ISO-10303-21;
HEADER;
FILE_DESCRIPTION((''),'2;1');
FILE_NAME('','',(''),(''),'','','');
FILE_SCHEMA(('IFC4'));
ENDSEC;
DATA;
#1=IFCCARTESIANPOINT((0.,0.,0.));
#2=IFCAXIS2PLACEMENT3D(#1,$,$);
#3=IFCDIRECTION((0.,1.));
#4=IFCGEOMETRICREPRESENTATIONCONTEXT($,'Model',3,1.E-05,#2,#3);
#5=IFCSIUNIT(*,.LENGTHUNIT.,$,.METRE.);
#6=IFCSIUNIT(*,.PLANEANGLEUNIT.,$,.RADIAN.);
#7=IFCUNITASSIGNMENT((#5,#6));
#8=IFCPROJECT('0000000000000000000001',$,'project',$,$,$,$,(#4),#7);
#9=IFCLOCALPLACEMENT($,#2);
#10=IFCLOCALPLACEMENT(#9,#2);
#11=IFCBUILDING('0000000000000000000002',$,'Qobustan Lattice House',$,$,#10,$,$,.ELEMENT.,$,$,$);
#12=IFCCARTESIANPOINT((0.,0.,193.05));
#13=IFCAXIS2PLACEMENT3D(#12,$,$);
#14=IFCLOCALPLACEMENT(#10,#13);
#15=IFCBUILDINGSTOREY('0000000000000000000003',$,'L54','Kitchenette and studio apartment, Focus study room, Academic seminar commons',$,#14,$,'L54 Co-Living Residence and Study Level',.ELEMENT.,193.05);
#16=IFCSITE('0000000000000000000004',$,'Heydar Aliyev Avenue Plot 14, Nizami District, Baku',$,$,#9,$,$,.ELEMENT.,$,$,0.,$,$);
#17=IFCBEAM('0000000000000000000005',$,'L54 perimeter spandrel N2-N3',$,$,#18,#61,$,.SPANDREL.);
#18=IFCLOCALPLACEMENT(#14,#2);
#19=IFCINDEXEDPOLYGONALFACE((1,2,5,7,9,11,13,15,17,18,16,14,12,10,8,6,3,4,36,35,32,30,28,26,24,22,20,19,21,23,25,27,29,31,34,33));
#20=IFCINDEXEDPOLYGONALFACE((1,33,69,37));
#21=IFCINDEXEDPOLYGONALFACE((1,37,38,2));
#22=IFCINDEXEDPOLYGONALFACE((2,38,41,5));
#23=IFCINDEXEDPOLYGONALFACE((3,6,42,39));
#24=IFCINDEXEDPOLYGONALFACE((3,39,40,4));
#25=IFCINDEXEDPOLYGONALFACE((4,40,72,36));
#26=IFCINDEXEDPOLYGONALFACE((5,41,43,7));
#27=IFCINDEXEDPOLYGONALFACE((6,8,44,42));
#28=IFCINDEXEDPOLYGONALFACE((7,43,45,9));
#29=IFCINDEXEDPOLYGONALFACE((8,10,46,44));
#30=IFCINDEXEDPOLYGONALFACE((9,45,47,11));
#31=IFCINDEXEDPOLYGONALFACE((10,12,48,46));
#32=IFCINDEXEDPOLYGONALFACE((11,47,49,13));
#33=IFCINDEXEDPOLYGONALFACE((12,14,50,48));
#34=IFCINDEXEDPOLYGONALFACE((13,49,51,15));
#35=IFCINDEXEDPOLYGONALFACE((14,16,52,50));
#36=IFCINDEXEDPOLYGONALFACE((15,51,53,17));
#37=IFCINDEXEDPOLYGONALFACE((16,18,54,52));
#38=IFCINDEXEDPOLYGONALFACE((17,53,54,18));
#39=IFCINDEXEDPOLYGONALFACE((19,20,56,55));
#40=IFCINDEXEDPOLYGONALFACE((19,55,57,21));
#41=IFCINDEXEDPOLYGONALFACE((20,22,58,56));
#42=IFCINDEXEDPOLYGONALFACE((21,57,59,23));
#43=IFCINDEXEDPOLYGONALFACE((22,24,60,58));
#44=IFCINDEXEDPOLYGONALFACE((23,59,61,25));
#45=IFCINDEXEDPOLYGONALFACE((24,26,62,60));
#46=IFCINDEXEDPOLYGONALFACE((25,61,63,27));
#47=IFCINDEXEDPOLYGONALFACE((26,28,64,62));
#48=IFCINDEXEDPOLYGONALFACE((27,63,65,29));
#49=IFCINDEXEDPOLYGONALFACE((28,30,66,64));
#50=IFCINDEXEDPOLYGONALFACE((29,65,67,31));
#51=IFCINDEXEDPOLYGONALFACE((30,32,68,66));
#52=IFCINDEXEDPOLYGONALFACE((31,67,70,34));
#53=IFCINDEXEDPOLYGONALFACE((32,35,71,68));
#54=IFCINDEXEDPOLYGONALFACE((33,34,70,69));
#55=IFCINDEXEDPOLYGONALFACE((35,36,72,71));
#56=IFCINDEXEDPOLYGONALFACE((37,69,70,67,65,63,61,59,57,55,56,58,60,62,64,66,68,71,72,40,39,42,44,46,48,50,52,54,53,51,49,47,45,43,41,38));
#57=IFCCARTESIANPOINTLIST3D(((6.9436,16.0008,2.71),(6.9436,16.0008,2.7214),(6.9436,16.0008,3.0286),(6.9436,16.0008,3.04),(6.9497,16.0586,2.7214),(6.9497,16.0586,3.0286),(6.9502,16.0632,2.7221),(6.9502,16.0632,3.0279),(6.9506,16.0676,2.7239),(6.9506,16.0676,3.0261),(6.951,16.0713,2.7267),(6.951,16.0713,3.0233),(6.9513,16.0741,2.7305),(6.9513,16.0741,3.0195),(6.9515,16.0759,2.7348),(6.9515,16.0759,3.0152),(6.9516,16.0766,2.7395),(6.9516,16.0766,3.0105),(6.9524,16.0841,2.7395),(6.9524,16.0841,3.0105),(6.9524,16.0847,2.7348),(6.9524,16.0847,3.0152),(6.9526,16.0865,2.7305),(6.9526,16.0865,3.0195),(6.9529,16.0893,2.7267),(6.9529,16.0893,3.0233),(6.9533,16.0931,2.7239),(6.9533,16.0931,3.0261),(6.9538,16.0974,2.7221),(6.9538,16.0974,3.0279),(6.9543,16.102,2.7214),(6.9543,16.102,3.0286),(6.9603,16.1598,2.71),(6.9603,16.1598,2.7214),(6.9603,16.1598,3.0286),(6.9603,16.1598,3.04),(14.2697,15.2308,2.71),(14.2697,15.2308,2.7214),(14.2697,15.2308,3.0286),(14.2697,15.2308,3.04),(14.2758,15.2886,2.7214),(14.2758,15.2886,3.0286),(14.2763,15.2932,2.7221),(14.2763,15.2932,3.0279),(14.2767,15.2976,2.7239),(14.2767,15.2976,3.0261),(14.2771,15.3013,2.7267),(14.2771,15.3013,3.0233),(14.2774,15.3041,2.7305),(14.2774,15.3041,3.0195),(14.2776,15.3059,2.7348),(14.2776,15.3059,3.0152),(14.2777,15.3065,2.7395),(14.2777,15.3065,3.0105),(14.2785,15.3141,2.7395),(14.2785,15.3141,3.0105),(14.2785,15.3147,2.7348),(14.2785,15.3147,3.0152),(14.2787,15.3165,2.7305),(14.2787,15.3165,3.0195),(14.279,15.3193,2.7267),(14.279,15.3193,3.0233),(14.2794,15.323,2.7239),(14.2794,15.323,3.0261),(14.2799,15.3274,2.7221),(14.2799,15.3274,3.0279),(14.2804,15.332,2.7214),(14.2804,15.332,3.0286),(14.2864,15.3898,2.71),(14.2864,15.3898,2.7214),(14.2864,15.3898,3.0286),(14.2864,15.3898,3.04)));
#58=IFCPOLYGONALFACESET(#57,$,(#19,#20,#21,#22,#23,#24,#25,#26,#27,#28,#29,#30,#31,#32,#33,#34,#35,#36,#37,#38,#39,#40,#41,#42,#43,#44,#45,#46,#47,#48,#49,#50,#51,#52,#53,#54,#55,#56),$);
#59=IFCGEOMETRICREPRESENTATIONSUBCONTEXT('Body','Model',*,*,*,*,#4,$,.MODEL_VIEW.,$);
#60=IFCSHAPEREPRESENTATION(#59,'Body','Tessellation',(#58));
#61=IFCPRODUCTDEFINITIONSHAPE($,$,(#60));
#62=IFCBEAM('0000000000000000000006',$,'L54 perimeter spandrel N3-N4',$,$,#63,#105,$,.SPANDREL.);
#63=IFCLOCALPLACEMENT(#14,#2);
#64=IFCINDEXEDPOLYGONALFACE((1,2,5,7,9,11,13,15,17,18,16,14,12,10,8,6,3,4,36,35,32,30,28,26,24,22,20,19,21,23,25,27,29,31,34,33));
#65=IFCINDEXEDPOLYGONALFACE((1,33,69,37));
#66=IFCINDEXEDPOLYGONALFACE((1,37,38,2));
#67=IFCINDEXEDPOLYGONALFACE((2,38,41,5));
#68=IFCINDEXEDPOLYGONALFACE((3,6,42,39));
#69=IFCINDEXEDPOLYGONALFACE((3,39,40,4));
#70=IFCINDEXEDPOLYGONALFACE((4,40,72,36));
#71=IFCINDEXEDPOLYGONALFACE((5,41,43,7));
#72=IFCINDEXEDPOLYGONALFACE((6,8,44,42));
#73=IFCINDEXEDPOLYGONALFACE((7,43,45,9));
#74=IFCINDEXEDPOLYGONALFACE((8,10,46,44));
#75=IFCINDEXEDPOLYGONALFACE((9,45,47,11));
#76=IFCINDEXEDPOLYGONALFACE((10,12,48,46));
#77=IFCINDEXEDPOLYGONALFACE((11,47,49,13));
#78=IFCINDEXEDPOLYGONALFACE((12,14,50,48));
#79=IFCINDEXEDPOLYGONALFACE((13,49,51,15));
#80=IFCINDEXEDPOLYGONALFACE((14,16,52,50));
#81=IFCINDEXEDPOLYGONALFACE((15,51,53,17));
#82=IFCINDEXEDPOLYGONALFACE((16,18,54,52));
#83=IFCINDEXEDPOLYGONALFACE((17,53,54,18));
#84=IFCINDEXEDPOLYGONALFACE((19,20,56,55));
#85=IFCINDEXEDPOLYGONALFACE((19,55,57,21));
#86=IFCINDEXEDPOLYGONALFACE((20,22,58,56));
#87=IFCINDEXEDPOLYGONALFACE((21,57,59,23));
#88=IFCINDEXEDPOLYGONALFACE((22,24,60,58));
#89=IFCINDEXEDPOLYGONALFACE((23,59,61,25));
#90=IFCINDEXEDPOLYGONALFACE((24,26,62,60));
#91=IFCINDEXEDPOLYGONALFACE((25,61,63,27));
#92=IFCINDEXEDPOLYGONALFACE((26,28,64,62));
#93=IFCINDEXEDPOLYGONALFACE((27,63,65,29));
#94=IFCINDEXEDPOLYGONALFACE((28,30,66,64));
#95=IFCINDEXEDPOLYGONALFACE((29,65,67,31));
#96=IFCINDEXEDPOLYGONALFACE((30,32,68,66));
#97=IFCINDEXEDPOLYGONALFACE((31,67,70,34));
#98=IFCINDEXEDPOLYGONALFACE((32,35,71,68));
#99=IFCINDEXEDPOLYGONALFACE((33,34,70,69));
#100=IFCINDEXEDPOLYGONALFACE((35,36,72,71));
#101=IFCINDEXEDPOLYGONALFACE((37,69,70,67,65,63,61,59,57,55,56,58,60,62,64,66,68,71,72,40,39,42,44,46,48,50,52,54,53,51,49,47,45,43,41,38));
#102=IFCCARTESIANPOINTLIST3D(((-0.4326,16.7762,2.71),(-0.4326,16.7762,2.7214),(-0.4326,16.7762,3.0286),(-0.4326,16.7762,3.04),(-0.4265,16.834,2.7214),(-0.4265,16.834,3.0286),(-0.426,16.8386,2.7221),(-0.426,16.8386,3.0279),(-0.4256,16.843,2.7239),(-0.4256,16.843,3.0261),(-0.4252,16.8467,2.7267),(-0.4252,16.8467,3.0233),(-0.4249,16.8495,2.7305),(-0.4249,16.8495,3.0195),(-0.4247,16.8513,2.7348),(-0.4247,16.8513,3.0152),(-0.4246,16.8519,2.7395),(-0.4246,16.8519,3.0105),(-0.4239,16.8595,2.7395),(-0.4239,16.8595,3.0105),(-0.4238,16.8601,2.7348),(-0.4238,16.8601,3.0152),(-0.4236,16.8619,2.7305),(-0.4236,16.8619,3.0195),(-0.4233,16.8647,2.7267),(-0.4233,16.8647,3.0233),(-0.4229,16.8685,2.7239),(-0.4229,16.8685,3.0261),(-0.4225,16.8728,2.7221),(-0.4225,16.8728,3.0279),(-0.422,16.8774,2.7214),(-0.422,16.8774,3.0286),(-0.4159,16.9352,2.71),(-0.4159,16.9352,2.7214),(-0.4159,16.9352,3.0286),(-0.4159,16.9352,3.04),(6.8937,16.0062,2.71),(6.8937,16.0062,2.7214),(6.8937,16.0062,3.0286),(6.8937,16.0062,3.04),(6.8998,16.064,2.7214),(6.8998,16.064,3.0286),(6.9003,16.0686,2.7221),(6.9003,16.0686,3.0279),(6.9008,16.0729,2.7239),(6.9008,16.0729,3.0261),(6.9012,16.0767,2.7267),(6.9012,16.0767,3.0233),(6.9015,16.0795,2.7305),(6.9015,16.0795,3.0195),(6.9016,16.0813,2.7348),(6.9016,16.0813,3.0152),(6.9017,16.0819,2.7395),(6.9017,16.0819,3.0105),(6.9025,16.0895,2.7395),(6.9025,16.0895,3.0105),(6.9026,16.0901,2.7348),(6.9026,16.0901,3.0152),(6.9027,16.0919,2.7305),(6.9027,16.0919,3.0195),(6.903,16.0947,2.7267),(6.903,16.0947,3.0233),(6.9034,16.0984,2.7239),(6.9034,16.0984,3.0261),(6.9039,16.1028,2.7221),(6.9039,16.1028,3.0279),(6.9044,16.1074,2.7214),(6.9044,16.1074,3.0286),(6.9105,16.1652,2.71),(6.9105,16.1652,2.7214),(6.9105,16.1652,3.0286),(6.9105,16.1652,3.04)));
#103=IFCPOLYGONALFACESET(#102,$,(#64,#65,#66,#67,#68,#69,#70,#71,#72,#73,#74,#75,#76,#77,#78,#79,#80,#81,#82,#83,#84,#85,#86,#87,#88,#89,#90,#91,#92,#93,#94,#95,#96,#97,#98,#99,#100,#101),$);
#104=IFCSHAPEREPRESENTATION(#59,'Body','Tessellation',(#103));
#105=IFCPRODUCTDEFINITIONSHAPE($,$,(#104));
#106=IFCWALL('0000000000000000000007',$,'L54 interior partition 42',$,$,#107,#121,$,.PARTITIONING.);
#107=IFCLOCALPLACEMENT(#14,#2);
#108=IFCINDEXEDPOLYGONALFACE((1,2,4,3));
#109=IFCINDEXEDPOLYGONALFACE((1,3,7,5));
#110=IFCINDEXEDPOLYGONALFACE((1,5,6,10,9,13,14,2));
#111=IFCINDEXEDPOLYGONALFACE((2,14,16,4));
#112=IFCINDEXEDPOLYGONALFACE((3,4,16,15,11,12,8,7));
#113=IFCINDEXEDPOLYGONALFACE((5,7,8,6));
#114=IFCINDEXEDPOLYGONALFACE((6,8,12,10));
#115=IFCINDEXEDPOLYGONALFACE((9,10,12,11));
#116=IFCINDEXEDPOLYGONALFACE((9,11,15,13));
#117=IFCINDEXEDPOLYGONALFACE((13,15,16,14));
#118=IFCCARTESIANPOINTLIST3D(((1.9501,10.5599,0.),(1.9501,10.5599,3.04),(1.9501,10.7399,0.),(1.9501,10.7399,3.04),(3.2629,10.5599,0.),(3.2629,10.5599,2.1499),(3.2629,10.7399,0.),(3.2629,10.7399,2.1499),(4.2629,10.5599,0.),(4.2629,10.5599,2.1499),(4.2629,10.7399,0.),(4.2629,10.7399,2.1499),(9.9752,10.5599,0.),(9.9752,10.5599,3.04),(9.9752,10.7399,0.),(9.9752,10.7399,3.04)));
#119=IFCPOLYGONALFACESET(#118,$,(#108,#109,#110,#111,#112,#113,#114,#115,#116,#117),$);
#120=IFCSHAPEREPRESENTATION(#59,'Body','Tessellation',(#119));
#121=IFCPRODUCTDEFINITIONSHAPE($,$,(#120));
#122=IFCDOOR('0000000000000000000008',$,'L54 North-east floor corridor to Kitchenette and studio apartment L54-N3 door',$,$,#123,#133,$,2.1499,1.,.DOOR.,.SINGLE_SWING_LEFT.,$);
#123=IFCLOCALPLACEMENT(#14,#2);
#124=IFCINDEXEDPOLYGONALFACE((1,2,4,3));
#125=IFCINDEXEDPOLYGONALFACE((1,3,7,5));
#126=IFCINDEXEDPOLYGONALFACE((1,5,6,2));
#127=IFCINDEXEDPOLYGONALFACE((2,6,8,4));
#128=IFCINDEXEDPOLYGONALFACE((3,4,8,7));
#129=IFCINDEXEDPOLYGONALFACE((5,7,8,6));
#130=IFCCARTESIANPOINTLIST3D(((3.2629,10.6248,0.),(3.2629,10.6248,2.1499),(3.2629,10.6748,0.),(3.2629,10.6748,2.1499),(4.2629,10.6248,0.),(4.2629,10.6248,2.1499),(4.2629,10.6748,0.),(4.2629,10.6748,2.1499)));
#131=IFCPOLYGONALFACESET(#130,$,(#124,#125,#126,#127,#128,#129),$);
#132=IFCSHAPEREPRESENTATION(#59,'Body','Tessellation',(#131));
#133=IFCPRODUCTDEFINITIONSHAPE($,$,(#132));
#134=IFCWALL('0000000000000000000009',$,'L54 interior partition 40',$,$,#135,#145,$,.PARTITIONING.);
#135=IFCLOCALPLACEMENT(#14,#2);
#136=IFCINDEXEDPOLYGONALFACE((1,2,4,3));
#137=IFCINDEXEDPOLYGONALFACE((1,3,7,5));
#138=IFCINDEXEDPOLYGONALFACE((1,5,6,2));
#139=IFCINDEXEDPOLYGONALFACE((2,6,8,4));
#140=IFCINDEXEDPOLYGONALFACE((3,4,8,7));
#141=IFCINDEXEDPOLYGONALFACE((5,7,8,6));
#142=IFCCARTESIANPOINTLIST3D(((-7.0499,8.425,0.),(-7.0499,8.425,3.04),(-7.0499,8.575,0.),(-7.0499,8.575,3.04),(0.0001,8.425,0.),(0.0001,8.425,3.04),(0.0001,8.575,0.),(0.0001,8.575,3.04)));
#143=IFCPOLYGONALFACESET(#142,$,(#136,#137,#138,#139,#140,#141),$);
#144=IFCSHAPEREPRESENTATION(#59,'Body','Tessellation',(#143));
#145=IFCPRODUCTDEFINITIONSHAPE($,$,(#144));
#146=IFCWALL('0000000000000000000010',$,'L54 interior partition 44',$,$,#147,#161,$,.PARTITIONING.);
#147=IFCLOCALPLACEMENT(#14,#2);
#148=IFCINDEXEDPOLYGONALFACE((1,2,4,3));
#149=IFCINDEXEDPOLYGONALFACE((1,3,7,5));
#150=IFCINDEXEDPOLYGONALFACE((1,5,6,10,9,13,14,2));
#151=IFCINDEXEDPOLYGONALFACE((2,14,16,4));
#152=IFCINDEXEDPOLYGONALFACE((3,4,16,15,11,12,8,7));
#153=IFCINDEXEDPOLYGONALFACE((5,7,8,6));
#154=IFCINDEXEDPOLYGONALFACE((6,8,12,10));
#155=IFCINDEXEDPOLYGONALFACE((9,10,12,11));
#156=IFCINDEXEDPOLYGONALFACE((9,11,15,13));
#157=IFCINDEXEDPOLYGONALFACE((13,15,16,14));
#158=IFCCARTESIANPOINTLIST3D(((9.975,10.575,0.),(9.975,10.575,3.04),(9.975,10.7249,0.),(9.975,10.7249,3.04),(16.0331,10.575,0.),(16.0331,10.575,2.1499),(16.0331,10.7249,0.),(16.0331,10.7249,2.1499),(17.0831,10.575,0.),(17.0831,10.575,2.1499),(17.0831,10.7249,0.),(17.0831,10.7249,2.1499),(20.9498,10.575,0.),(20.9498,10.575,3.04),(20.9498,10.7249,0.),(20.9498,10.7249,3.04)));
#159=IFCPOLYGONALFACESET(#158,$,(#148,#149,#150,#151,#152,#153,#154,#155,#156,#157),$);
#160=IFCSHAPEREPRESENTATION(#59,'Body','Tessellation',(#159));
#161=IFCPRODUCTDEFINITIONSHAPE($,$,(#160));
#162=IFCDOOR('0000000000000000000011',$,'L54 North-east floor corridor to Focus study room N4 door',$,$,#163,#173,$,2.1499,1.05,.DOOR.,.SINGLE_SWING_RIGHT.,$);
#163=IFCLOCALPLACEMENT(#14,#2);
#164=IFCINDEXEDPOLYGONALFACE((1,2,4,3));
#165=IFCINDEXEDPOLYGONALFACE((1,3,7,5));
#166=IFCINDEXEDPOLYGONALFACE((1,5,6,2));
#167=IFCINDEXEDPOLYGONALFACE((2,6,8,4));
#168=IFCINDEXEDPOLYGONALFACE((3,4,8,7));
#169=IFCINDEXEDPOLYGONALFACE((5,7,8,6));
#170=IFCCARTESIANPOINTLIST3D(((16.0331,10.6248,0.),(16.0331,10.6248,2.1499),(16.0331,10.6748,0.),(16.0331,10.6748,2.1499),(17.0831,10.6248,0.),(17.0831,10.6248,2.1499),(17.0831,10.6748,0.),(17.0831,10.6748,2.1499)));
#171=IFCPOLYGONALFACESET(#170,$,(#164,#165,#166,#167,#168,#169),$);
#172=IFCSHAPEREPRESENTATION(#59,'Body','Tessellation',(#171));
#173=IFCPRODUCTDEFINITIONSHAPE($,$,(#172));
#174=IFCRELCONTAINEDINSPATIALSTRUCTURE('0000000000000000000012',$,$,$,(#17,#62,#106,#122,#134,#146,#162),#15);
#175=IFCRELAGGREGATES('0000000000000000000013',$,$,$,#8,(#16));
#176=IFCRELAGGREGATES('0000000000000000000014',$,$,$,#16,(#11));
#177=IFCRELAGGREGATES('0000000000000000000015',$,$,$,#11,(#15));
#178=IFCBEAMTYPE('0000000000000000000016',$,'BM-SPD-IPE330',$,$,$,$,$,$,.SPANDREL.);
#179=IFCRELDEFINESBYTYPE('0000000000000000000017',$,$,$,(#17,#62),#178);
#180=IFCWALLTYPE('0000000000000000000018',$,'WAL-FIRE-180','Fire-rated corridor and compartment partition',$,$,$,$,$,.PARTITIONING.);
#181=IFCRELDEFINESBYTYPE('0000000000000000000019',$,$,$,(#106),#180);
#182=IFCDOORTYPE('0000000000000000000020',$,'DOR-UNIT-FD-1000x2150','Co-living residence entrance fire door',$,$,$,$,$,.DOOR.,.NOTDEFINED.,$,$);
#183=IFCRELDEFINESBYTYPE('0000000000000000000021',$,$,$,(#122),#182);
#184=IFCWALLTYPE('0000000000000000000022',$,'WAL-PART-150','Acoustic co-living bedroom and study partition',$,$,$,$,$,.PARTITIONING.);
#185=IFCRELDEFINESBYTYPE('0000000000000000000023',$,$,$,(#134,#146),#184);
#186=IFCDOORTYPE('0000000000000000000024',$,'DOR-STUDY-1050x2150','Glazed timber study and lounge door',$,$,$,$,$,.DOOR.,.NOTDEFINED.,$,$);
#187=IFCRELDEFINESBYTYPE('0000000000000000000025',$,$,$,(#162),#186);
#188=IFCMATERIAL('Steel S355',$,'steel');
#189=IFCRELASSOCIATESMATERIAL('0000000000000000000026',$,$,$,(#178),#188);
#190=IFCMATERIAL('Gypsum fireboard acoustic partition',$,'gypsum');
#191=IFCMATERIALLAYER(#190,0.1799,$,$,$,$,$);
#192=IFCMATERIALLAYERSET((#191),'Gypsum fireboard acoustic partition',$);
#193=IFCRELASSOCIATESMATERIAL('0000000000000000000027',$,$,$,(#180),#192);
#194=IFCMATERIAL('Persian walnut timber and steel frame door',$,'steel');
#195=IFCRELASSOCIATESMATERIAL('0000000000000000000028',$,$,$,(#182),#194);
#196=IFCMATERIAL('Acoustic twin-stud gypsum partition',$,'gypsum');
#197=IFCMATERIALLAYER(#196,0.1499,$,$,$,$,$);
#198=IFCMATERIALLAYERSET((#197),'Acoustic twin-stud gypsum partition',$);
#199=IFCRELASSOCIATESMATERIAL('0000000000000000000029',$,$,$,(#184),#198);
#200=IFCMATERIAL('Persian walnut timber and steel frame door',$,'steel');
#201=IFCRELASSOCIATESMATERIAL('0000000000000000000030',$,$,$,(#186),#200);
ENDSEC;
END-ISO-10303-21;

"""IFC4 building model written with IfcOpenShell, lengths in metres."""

from ifc_helpers import new_model, si_unit, direction, frame, frame_2d, origin, origin_2d, place, context, subcontext, project, spatial, rectangle, i_section, extrude, material, layer, layer_set, material_profile, profile_set, type_object, element, fill, save


model = new_model("IFC4")

# Units and contexts
model_context = context("Model", 3, precision=1e-05, world=origin(), true_north=direction((0.0, 1.0)))
body_context = subcontext(model_context, "Body", "Model", "MODEL_VIEW")
ifc_project = project(units=[si_unit("LENGTHUNIT", "METRE"), si_unit("PLANEANGLEUNIT", "RADIAN")], contexts=[model_context])

# Site, building, storey
site_placement = place(None, origin())
site = spatial("IfcSite", under=ifc_project, at=site_placement, Name="Heydar Aliyev Avenue Plot 14, Nizami District, Baku", CompositionType="ELEMENT", RefElevation=0.0)
building_placement = place(site_placement, origin())
building = spatial("IfcBuilding", under=site, at=building_placement, Name="Qobustan Lattice House", CompositionType="ELEMENT")
storey_placement = place(building_placement, frame((0.0, 0.0, 193.05)))
storey = spatial("IfcBuildingStorey", under=building, at=storey_placement, Name="L54", Description="Kitchenette and studio apartment, Focus study room, Academic seminar commons", LongName="L54 Co-Living Residence and Study Level", CompositionType="ELEMENT", Elevation=193.05)

# Beams
ifc_material_1 = material(Name="Steel S355", Category="steel")
ifc_material_profile_1 = material_profile(ifc_material_1, i_section(OverallWidth=0.1599, OverallDepth=0.3301, WebThickness=0.0076, FlangeThickness=0.0115, FilletRadius=0.0181, at=origin_2d()), Name="IPE330")
ifc_profile_set_1 = profile_set([ifc_material_profile_1], Name="Steel S355")
beam_type_1 = type_object("IfcBeamType", Name="BM-SPD-IPE330", PredefinedType="SPANDREL", material=ifc_profile_set_1)
beam_1_placement = place(storey_placement, frame((14.2781, 15.3103, 2.875), z_axis=(-0.994522, 0.10453, 0.0), x_axis=(-0.10453, -0.994522, 0.0)))
element("IfcBeam", 1, at=beam_1_placement, inside=storey, type_object=beam_type_1, Name="L54 perimeter spandrel N2-N3", PredefinedType="SPANDREL", context=body_context, shape_type="SweptSolid", body=[
    extrude(i_section(OverallWidth=0.1599, OverallDepth=0.3301, WebThickness=0.0076, FlangeThickness=0.0115, FilletRadius=0.0181, at=origin_2d()), origin(), (0.0, 0.0, 1.0), 7.3665),
])
beam_2_placement = place(storey_placement, frame((6.9021, 16.0857, 2.875), z_axis=(-0.994522, 0.104526, 0.0), x_axis=(-0.104526, -0.994522, 0.0)))
element("IfcBeam", 2, at=beam_2_placement, inside=storey, type_object=beam_type_1, Name="L54 perimeter spandrel N3-N4", PredefinedType="SPANDREL", context=body_context, shape_type="SweptSolid", body=[
    extrude(i_section(OverallWidth=0.1599, OverallDepth=0.3301, WebThickness=0.0076, FlangeThickness=0.0115, FilletRadius=0.0181, at=origin_2d()), origin(), (0.0, 0.0, 1.0), 7.3667),
])

# Wall, opening, door
ifc_material_2 = material(Name="Gypsum fireboard acoustic partition", Category="gypsum")
ifc_layer_1 = layer(ifc_material_2, 0.1799)
ifc_layer_set_1 = layer_set([ifc_layer_1], Name="Gypsum fireboard acoustic partition")
wall_type_1 = type_object("IfcWallType", Name="WAL-FIRE-180", Description="Fire-rated corridor and compartment partition", PredefinedType="PARTITIONING", material=ifc_layer_set_1)
wall_1_placement = place(storey_placement, frame((1.95, 10.6499, 0.0), z_axis=(0.0, 0.0, 1.0), x_axis=(1.0, 0.0, 0.0)))
wall_1 = element("IfcWall", 3, at=wall_1_placement, inside=storey, type_object=wall_type_1, Name="L54 interior partition 42", PredefinedType="PARTITIONING", context=body_context, shape_type="SweptSolid", body=[
    extrude(rectangle(XDim=8.0251, YDim=0.1799, at=frame_2d((4.0127, 0.0))), origin(), (0.0, 0.0, 1.0), 3.04),
])
opening_1_placement = place(wall_1_placement, frame((1.313, 0.0, 0.0)))
opening_1 = element("IfcOpeningElement", 4, at=opening_1_placement, cuts=wall_1, PredefinedType="OPENING", context=body_context, shape_type="SweptSolid", body=[
    extrude(rectangle(XDim=1.0, YDim=2.1499, at=frame_2d((0.5, 1.075))), frame((0.0, 0.0999, 0.0), z_axis=(0.0, -1.0, 0.0), x_axis=(1.0, 0.0, 0.0)), (0.0, 0.0, 1.0), 0.2),
])
ifc_material_3 = material(Name="Persian walnut timber and steel frame door", Category="steel")
door_type_1 = type_object("IfcDoorType", Name="DOR-UNIT-FD-1000x2150", Description="Co-living residence entrance fire door", OperationType="NOTDEFINED", PredefinedType="DOOR", material=ifc_material_3)
door_1_placement = place(opening_1_placement, origin())
door_1 = element("IfcDoor", 5, at=door_1_placement, inside=storey, type_object=door_type_1, Name="L54 North-east floor corridor to Kitchenette and studio apartment L54-N3 door", OperationType="SINGLE_SWING_LEFT", OverallHeight=2.1499, OverallWidth=1.0, PredefinedType="DOOR", context=body_context, shape_type="SweptSolid", body=[
    extrude(rectangle(XDim=1.0, YDim=2.1499, at=frame_2d((0.5, 1.075))), frame((0.0, 0.0249, 0.0), z_axis=(0.0, -1.0, 0.0), x_axis=(1.0, 0.0, 0.0)), (0.0, 0.0, 1.0), 0.05),
])
fill(opening_1, door_1)

# Wall
ifc_material_4 = material(Name="Acoustic twin-stud gypsum partition", Category="gypsum")
ifc_layer_2 = layer(ifc_material_4, 0.1499)
ifc_layer_set_2 = layer_set([ifc_layer_2], Name="Acoustic twin-stud gypsum partition")
wall_type_2 = type_object("IfcWallType", Name="WAL-PART-150", Description="Acoustic co-living bedroom and study partition", PredefinedType="PARTITIONING", material=ifc_layer_set_2)
wall_2_placement = place(storey_placement, frame((0.0, 8.5, 0.0), z_axis=(0.0, 0.0, 1.0), x_axis=(-1.0, 0.0, 0.0)))
element("IfcWall", 6, at=wall_2_placement, inside=storey, type_object=wall_type_2, Name="L54 interior partition 40", PredefinedType="PARTITIONING", context=body_context, shape_type="SweptSolid", body=[
    extrude(rectangle(XDim=7.05, YDim=0.1499, at=frame_2d((3.5249, 0.0))), origin(), (0.0, 0.0, 1.0), 3.04),
])

# Wall, opening, door
wall_3_placement = place(storey_placement, frame((9.9751, 10.6499, 0.0), z_axis=(0.0, 0.0, 1.0), x_axis=(1.0, 0.0, 0.0)))
wall_3 = element("IfcWall", 7, at=wall_3_placement, inside=storey, type_object=wall_type_2, Name="L54 interior partition 44", PredefinedType="PARTITIONING", context=body_context, shape_type="SweptSolid", body=[
    extrude(rectangle(XDim=10.9749, YDim=0.1499, at=frame_2d((5.4873, 0.0))), origin(), (0.0, 0.0, 1.0), 3.04),
])
opening_2_placement = place(wall_3_placement, frame((6.0581, 0.0, 0.0)))
opening_2 = element("IfcOpeningElement", 8, at=opening_2_placement, cuts=wall_3, PredefinedType="OPENING", context=body_context, shape_type="SweptSolid", body=[
    extrude(rectangle(XDim=1.05, YDim=2.1499, at=frame_2d((0.5249, 1.075))), frame((0.0, 0.085, 0.0), z_axis=(0.0, -1.0, 0.0), x_axis=(1.0, 0.0, 0.0)), (0.0, 0.0, 1.0), 0.1699),
])
ifc_material_5 = material(Name="Persian walnut timber and steel frame door", Category="steel")
door_type_2 = type_object("IfcDoorType", Name="DOR-STUDY-1050x2150", Description="Glazed timber study and lounge door", OperationType="NOTDEFINED", PredefinedType="DOOR", material=ifc_material_5)
door_2_placement = place(opening_2_placement, origin())
door_2 = element("IfcDoor", 9, at=door_2_placement, inside=storey, type_object=door_type_2, Name="L54 North-east floor corridor to Focus study room N4 door", OperationType="SINGLE_SWING_RIGHT", OverallHeight=2.1499, OverallWidth=1.05, PredefinedType="DOOR", context=body_context, shape_type="SweptSolid", body=[
    extrude(rectangle(XDim=1.05, YDim=2.1499, at=frame_2d((0.5249, 1.075))), frame((0.0, 0.0249, 0.0), z_axis=(0.0, -1.0, 0.0), x_axis=(1.0, 0.0, 0.0)), (0.0, 0.0, 1.0), 0.05),
])
fill(opening_2, door_2)

save(model, "model.ifc")
